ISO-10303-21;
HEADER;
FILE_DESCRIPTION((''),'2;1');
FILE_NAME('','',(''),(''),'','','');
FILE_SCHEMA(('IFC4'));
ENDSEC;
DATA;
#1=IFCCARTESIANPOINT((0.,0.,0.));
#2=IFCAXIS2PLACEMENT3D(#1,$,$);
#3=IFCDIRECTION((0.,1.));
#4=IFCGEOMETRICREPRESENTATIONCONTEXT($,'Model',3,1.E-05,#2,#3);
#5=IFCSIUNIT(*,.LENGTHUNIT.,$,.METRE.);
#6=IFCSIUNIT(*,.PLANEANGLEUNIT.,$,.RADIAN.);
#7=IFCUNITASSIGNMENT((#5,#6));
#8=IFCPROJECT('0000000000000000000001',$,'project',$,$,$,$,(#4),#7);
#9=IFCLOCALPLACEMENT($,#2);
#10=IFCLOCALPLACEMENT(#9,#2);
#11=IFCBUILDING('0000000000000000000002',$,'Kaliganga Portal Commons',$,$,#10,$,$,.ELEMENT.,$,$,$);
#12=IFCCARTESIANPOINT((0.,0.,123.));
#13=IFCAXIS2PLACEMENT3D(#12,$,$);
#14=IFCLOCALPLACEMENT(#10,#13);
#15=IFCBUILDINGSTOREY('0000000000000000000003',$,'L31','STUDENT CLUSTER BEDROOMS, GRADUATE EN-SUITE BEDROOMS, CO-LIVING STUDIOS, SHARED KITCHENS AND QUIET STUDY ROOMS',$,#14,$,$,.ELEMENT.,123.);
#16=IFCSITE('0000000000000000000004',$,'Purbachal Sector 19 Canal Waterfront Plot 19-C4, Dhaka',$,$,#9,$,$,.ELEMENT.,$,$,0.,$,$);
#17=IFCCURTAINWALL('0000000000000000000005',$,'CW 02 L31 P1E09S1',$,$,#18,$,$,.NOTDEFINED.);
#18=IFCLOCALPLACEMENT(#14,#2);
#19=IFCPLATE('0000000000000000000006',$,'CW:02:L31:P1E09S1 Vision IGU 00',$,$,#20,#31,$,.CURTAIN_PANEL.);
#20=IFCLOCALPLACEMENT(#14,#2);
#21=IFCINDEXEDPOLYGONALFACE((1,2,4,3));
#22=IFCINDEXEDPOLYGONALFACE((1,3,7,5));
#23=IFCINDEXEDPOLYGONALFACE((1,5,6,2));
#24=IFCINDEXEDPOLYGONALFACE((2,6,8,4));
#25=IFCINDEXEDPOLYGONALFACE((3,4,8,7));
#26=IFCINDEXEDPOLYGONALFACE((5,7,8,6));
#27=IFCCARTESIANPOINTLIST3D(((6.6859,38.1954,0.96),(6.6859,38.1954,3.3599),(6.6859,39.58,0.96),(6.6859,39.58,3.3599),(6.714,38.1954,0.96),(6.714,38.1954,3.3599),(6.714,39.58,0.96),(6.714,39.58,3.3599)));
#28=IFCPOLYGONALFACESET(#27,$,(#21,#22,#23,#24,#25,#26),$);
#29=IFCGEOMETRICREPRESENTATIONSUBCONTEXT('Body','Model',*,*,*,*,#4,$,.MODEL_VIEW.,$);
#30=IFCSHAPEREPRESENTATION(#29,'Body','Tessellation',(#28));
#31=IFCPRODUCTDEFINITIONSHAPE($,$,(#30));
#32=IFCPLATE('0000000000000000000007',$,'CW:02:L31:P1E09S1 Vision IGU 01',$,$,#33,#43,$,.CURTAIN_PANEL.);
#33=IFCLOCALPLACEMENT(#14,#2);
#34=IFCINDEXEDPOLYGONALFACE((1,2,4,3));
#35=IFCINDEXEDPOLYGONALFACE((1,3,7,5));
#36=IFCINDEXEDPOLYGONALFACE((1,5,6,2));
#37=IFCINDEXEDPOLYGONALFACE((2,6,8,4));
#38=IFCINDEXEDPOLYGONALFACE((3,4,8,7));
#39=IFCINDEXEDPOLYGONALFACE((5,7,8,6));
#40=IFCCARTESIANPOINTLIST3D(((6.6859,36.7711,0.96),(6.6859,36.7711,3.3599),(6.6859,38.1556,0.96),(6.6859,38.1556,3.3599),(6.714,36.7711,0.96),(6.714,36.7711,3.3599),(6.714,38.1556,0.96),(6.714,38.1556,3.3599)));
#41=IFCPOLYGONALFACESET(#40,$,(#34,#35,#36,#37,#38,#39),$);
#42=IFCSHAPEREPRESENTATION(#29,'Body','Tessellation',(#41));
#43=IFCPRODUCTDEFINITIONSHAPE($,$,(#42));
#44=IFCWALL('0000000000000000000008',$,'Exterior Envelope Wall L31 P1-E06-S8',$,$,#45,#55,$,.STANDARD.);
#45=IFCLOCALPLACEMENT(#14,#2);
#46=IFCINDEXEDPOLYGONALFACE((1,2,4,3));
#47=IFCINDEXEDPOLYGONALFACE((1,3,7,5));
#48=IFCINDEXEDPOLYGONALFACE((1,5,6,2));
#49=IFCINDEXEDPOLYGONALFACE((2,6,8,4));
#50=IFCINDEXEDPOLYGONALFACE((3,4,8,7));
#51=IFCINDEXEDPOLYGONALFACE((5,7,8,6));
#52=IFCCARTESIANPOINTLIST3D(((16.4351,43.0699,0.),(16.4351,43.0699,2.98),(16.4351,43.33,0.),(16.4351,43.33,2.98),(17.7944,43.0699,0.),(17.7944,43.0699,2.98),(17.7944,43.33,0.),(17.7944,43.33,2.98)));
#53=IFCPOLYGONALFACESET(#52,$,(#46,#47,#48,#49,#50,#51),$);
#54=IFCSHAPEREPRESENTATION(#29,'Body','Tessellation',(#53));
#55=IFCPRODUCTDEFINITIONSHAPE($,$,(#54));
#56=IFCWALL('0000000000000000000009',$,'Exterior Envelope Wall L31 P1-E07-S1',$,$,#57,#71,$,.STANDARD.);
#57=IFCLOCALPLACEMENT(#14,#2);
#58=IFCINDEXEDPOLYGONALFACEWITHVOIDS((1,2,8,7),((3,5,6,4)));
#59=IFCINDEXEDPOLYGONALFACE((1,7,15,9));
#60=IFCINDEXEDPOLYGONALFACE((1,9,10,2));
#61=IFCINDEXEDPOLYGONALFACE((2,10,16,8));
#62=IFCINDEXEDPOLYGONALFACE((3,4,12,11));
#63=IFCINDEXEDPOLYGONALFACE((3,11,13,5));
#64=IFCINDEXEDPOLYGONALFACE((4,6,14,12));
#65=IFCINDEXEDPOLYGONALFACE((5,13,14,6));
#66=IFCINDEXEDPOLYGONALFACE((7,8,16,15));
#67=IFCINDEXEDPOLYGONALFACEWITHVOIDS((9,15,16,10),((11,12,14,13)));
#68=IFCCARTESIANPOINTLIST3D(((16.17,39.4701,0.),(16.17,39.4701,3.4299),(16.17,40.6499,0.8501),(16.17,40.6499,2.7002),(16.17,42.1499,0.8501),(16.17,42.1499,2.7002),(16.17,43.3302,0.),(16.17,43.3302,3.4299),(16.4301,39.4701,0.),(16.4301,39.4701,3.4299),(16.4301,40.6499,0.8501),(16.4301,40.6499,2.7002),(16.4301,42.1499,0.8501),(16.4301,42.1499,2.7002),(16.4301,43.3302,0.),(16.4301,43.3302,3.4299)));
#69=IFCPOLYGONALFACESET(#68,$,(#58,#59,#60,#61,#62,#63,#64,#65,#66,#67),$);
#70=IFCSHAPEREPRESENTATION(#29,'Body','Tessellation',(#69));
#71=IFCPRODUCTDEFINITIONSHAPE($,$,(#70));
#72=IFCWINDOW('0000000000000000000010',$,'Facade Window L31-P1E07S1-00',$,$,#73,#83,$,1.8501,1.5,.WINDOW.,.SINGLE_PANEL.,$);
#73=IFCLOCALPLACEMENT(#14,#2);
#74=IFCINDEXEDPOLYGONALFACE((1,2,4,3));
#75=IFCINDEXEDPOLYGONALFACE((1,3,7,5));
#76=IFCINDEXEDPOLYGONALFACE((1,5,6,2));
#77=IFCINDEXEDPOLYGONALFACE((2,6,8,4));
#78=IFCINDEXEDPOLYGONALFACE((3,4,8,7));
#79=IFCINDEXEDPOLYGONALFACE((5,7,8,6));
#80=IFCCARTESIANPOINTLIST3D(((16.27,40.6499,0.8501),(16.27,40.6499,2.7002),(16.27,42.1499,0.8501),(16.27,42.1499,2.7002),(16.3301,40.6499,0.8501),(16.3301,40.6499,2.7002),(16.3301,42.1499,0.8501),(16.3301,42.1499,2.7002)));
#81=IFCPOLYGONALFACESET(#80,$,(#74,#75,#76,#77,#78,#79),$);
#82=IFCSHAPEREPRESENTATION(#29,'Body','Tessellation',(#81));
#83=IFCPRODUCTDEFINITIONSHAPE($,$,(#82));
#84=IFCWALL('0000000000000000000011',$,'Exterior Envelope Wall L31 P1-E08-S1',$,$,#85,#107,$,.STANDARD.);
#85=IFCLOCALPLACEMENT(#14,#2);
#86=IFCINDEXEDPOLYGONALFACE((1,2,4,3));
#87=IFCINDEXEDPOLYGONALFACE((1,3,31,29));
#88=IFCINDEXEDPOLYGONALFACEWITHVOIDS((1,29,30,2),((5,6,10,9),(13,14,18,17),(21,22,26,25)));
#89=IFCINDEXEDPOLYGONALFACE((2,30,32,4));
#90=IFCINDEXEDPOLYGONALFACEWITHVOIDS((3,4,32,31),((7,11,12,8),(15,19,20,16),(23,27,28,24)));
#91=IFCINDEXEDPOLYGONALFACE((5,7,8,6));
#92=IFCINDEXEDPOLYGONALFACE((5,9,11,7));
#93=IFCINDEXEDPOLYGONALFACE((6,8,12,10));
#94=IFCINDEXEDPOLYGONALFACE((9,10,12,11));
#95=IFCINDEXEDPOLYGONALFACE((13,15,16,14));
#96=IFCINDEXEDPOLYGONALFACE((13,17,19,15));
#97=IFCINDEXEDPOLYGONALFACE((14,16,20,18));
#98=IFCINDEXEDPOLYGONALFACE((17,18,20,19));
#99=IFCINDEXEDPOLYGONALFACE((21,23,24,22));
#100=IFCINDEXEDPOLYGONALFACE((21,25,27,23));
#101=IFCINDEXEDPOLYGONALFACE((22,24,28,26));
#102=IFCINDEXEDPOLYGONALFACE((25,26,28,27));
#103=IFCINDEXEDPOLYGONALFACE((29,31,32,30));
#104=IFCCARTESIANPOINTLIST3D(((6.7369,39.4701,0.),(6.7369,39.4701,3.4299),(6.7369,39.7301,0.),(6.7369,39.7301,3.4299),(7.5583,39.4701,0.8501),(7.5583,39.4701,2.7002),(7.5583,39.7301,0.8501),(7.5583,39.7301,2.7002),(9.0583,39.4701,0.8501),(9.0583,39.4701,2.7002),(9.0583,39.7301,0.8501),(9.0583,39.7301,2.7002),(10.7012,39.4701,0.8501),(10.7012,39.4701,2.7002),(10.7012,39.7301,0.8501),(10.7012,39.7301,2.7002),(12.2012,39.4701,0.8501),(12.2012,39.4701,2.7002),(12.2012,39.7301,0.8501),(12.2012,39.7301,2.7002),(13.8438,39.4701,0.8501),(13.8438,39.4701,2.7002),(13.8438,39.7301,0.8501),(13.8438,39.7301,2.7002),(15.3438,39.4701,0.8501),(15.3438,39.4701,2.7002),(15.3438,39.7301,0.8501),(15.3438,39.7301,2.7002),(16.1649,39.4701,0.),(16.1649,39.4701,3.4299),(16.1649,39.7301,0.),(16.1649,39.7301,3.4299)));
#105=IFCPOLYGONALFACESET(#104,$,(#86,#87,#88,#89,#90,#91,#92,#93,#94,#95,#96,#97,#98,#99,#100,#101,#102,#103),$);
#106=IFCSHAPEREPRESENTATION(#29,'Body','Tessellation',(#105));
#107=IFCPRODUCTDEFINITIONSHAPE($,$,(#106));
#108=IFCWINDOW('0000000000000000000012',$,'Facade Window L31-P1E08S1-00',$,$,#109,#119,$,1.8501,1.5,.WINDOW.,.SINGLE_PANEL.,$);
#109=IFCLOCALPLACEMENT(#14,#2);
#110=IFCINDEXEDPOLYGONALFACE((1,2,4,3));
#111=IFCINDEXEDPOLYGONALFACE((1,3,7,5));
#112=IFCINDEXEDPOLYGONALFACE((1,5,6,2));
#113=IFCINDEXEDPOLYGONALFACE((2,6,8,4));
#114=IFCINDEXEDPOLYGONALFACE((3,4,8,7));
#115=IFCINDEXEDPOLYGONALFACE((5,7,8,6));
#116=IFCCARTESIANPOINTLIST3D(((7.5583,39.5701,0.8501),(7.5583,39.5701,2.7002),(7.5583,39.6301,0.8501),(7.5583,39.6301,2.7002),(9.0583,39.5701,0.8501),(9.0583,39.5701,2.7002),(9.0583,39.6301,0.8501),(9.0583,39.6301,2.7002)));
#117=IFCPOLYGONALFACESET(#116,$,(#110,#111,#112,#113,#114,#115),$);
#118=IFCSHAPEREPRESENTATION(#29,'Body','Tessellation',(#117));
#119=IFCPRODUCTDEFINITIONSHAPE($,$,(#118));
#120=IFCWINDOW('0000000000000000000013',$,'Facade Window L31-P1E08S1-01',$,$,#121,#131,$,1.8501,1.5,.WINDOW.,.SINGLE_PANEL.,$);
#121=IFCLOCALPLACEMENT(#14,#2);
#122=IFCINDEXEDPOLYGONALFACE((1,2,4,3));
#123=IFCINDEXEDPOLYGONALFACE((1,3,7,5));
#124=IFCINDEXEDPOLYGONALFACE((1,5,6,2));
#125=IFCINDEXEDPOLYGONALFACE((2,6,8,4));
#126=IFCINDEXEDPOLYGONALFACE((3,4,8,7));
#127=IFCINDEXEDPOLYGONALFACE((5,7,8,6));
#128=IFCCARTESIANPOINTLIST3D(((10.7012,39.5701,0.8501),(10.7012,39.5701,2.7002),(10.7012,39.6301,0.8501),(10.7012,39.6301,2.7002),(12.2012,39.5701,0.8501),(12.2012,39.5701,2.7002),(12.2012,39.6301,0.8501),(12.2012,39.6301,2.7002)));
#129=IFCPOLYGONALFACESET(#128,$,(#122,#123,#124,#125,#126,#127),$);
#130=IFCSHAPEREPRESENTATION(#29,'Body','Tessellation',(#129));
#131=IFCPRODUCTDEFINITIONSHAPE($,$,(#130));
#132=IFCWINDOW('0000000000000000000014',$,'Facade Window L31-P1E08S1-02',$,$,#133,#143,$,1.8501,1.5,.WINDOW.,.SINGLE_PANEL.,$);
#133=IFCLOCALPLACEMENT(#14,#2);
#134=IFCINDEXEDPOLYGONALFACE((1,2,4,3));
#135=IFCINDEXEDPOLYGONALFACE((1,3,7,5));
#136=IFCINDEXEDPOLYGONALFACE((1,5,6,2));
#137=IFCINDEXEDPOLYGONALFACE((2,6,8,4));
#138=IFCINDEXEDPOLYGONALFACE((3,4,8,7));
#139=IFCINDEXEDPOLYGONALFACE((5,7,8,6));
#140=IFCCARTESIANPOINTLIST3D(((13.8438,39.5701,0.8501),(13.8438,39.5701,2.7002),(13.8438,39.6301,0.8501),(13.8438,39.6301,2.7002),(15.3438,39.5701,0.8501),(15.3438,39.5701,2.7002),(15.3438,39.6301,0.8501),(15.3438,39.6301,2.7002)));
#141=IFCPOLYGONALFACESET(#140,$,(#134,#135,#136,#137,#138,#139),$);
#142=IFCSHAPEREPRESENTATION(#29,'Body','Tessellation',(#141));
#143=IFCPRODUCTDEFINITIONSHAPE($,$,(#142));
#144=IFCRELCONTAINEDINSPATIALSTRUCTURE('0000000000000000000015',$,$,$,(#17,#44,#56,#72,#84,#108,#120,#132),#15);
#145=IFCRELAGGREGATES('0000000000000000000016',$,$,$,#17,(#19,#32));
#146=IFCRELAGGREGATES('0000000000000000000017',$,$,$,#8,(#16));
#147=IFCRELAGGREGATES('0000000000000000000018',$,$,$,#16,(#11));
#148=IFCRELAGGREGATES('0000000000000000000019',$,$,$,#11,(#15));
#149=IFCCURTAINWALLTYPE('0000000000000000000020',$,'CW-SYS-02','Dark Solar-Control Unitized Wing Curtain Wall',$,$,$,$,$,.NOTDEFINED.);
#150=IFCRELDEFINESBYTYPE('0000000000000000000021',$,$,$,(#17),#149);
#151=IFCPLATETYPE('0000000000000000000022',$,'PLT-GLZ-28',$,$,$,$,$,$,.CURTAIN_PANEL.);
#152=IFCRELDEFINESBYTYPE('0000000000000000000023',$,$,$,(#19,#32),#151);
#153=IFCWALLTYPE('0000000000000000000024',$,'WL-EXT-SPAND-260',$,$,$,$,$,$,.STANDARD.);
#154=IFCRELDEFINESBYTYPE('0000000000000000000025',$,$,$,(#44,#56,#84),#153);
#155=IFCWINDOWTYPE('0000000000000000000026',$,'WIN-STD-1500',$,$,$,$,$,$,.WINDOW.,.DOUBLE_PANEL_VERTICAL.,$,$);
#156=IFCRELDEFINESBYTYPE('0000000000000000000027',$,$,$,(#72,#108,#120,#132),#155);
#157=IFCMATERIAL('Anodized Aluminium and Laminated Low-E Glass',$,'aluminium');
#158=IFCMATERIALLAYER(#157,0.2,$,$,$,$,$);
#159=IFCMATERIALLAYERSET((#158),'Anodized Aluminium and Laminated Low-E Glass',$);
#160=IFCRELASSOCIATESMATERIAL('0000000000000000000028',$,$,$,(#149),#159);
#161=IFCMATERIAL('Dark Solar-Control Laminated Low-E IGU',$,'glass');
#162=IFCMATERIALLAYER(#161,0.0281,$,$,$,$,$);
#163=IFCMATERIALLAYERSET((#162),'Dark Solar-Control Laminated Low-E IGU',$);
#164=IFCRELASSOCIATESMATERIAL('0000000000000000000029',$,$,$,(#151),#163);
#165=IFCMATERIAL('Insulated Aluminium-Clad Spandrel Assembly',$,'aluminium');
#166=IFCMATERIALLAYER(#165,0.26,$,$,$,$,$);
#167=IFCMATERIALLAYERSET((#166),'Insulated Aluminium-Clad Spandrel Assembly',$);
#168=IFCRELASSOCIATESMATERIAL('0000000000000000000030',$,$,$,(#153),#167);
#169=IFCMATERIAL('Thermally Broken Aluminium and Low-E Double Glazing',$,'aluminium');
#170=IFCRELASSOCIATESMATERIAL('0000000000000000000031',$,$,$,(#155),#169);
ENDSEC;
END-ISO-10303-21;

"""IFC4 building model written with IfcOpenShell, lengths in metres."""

from ifc_helpers import new_model, si_unit, direction, frame, frame_2d, origin, origin_2d, place, context, subcontext, project, spatial, rectangle, extrude, source, transform, mapped, material, layer, layer_set, type_object, element, fill, aggregate, save


model = new_model("IFC4")

# Units and contexts
model_context = context("Model", 3, precision=1e-05, world=origin(), true_north=direction((0.0, 1.0)))
body_context = subcontext(model_context, "Body", "Model", "MODEL_VIEW")
ifc_project = project(units=[si_unit("LENGTHUNIT", "METRE"), si_unit("PLANEANGLEUNIT", "RADIAN")], contexts=[model_context])

# Site, building, storey
site_placement = place(None, origin())
site = spatial("IfcSite", under=ifc_project, at=site_placement, Name="Purbachal Sector 19 Canal Waterfront Plot 19-C4, Dhaka", CompositionType="ELEMENT", RefElevation=0.0)
building_placement = place(site_placement, origin())
building = spatial("IfcBuilding", under=site, at=building_placement, Name="Kaliganga Portal Commons", CompositionType="ELEMENT")
storey_placement = place(building_placement, frame((0.0, 0.0, 123.0)))
storey = spatial("IfcBuildingStorey", under=building, at=storey_placement, Name="L31", Description="STUDENT CLUSTER BEDROOMS, GRADUATE EN-SUITE BEDROOMS, CO-LIVING STUDIOS, SHARED KITCHENS AND QUIET STUDY ROOMS", CompositionType="ELEMENT", Elevation=123.0)

# Curtain wall, plates
ifc_material_1 = material(Name="Anodized Aluminium and Laminated Low-E Glass", Category="aluminium")
ifc_layer_1 = layer(ifc_material_1, 0.2)
ifc_layer_set_1 = layer_set([ifc_layer_1], Name="Anodized Aluminium and Laminated Low-E Glass")
curtain_wall_type = type_object("IfcCurtainWallType", Name="CW-SYS-02", Description="Dark Solar-Control Unitized Wing Curtain Wall", PredefinedType="NOTDEFINED", material=ifc_layer_set_1)
curtain_wall_placement = place(storey_placement, origin())
curtain_wall = element("IfcCurtainWall", 1, at=curtain_wall_placement, inside=storey, type_object=curtain_wall_type, Name="CW 02 L31 P1E09S1", PredefinedType="NOTDEFINED")
ifc_material_2 = material(Name="Dark Solar-Control Laminated Low-E IGU", Category="glass")
ifc_layer_2 = layer(ifc_material_2, 0.0281)
ifc_layer_set_2 = layer_set([ifc_layer_2], Name="Dark Solar-Control Laminated Low-E IGU")
plate_type_1 = type_object("IfcPlateType", Name="PLT-GLZ-28", PredefinedType="CURTAIN_PANEL", material=ifc_layer_set_2)
shared_shape_1 = source(origin(), body_context, "Body", "SweptSolid", [
    extrude(rectangle(XDim=1.3845, YDim=0.0281, at=origin_2d()), origin(), (0.0, 0.0, 1.0), 2.3999),
])
plate_1_placement = place(storey_placement, frame((6.7, 38.8877, 0.96), z_axis=(0.0, 0.0, 1.0), x_axis=(0.0, -1.0, 0.0)))
plate_1 = element("IfcPlate", 2, at=plate_1_placement, type_object=plate_type_1, Name="CW:02:L31:P1E09S1 Vision IGU 00", PredefinedType="CURTAIN_PANEL", context=body_context, shape_type="MappedRepresentation", body=[
    mapped(shared_shape_1, transform((0.0, 0.0, 0.0), x_axis=(1.0, 0.0, 0.0), y_axis=(0.0, 1.0, 0.0), z_axis=(0.0, 0.0, 1.0), scale=1.0)),
])
plate_2_placement = place(storey_placement, frame((6.7, 37.4634, 0.96), z_axis=(0.0, 0.0, 1.0), x_axis=(0.0, -1.0, 0.0)))
plate_2 = element("IfcPlate", 3, at=plate_2_placement, type_object=plate_type_1, Name="CW:02:L31:P1E09S1 Vision IGU 01", PredefinedType="CURTAIN_PANEL", context=body_context, shape_type="MappedRepresentation", body=[
    mapped(shared_shape_1, transform((0.0, 0.0, 0.0), x_axis=(1.0, 0.0, 0.0), y_axis=(0.0, 1.0, 0.0), z_axis=(0.0, 0.0, 1.0), scale=1.0)),
])
aggregate(curtain_wall, [plate_1, plate_2])

# Wall
ifc_material_3 = material(Name="Insulated Aluminium-Clad Spandrel Assembly", Category="aluminium")
ifc_layer_3 = layer(ifc_material_3, 0.26)
ifc_layer_set_3 = layer_set([ifc_layer_3], Name="Insulated Aluminium-Clad Spandrel Assembly")
wall_type_1 = type_object("IfcWallType", Name="WL-EXT-SPAND-260", PredefinedType="STANDARD", material=ifc_layer_set_3)
wall_1_placement = place(storey_placement, frame((16.4351, 43.2, 0.0), z_axis=(0.0, 0.0, 1.0), x_axis=(1.0, 0.0, 0.0)))
element("IfcWall", 4, at=wall_1_placement, inside=storey, type_object=wall_type_1, Name="Exterior Envelope Wall L31 P1-E06-S8", PredefinedType="STANDARD", context=body_context, shape_type="SweptSolid", body=[
    extrude(rectangle(XDim=1.3594, YDim=0.26, at=frame_2d((0.6797, 0.0))), origin(), (0.0, 0.0, 1.0), 2.98),
])

# Wall, opening, window
wall_2_placement = place(storey_placement, frame((16.3, 39.47, 0.0), z_axis=(0.0, 0.0, 1.0), x_axis=(0.0, 1.0, 0.0)))
wall_2 = element("IfcWall", 5, at=wall_2_placement, inside=storey, type_object=wall_type_1, Name="Exterior Envelope Wall L31 P1-E07-S1", PredefinedType="STANDARD", context=body_context, shape_type="SweptSolid", body=[
    extrude(rectangle(XDim=3.8601, YDim=0.26, at=frame_2d((1.9302, 0.0))), origin(), (0.0, 0.0, 1.0), 3.4299),
])
opening_1_placement = place(wall_2_placement, frame((1.1799, 0.0, 0.8501)))
opening_1 = element("IfcOpeningElement", 6, at=opening_1_placement, cuts=wall_2, PredefinedType="OPENING", context=body_context, shape_type="SweptSolid", body=[
    extrude(rectangle(XDim=1.5, YDim=1.8501, at=frame_2d((0.75, 0.925))), frame((0.0, 0.1401, 0.0), z_axis=(0.0, -1.0, 0.0), x_axis=(1.0, 0.0, 0.0)), (0.0, 0.0, 1.0), 0.28),
])
ifc_material_4 = material(Name="Thermally Broken Aluminium and Low-E Double Glazing", Category="aluminium")
window_type = type_object("IfcWindowType", Name="WIN-STD-1500", PartitioningType="DOUBLE_PANEL_VERTICAL", PredefinedType="WINDOW", material=ifc_material_4)
window_1_placement = place(opening_1_placement, origin())
window_1 = element("IfcWindow", 7, at=window_1_placement, inside=storey, type_object=window_type, Name="Facade Window L31-P1E07S1-00", OverallHeight=1.8501, OverallWidth=1.5, PartitioningType="SINGLE_PANEL", PredefinedType="WINDOW", context=body_context, shape_type="SweptSolid", body=[
    extrude(rectangle(XDim=1.5, YDim=1.8501, at=frame_2d((0.75, 0.925))), frame((0.0, 0.03, 0.0), z_axis=(0.0, -1.0, 0.0), x_axis=(1.0, 0.0, 0.0)), (0.0, 0.0, 1.0), 0.0601),
])
fill(opening_1, window_1)

# Wall, openings, windows
wall_3_placement = place(storey_placement, frame((6.7371, 39.6001, 0.0), z_axis=(0.0, 0.0, 1.0), x_axis=(1.0, 0.0, 0.0)))
wall_3 = element("IfcWall", 8, at=wall_3_placement, inside=storey, type_object=wall_type_1, Name="Exterior Envelope Wall L31 P1-E08-S1", PredefinedType="STANDARD", context=body_context, shape_type="SweptSolid", body=[
    extrude(rectangle(XDim=9.428, YDim=0.26, at=frame_2d((4.7139, 0.0))), origin(), (0.0, 0.0, 1.0), 3.4299),
])
opening_2_placement = place(wall_3_placement, frame((0.8213, 0.0, 0.8501)))
opening_2 = element("IfcOpeningElement", 9, at=opening_2_placement, cuts=wall_3, PredefinedType="OPENING", context=body_context, shape_type="SweptSolid", body=[
    extrude(rectangle(XDim=1.5, YDim=1.8501, at=frame_2d((0.75, 0.925))), frame((0.0, 0.1401, 0.0), z_axis=(0.0, -1.0, 0.0), x_axis=(1.0, 0.0, 0.0)), (0.0, 0.0, 1.0), 0.28),
])
opening_3_placement = place(wall_3_placement, frame((3.9641, 0.0, 0.8501)))
opening_3 = element("IfcOpeningElement", 10, at=opening_3_placement, cuts=wall_3, PredefinedType="OPENING", context=body_context, shape_type="SweptSolid", body=[
    extrude(rectangle(XDim=1.5, YDim=1.8501, at=frame_2d((0.75, 0.925))), frame((0.0, 0.1401, 0.0), z_axis=(0.0, -1.0, 0.0), x_axis=(1.0, 0.0, 0.0)), (0.0, 0.0, 1.0), 0.28),
])
opening_4_placement = place(wall_3_placement, frame((7.1067, 0.0, 0.8501)))
opening_4 = element("IfcOpeningElement", 11, at=opening_4_placement, cuts=wall_3, PredefinedType="OPENING", context=body_context, shape_type="SweptSolid", body=[
    extrude(rectangle(XDim=1.5, YDim=1.8501, at=frame_2d((0.75, 0.925))), frame((0.0, 0.1401, 0.0), z_axis=(0.0, -1.0, 0.0), x_axis=(1.0, 0.0, 0.0)), (0.0, 0.0, 1.0), 0.28),
])
window_2_placement = place(opening_2_placement, origin())
window_2 = element("IfcWindow", 12, at=window_2_placement, inside=storey, type_object=window_type, Name="Facade Window L31-P1E08S1-00", OverallHeight=1.8501, OverallWidth=1.5, PartitioningType="SINGLE_PANEL", PredefinedType="WINDOW", context=body_context, shape_type="SweptSolid", body=[
    extrude(rectangle(XDim=1.5, YDim=1.8501, at=frame_2d((0.75, 0.925))), frame((0.0, 0.03, 0.0), z_axis=(0.0, -1.0, 0.0), x_axis=(1.0, 0.0, 0.0)), (0.0, 0.0, 1.0), 0.0601),
])
fill(opening_2, window_2)
window_3_placement = place(opening_3_placement, origin())
window_3 = element("IfcWindow", 13, at=window_3_placement, inside=storey, type_object=window_type, Name="Facade Window L31-P1E08S1-01", OverallHeight=1.8501, OverallWidth=1.5, PartitioningType="SINGLE_PANEL", PredefinedType="WINDOW", context=body_context, shape_type="SweptSolid", body=[
    extrude(rectangle(XDim=1.5, YDim=1.8501, at=frame_2d((0.75, 0.925))), frame((0.0, 0.03, 0.0), z_axis=(0.0, -1.0, 0.0), x_axis=(1.0, 0.0, 0.0)), (0.0, 0.0, 1.0), 0.0601),
])
fill(opening_3, window_3)
window_4_placement = place(opening_4_placement, origin())
window_4 = element("IfcWindow", 14, at=window_4_placement, inside=storey, type_object=window_type, Name="Facade Window L31-P1E08S1-02", OverallHeight=1.8501, OverallWidth=1.5, PartitioningType="SINGLE_PANEL", PredefinedType="WINDOW", context=body_context, shape_type="SweptSolid", body=[
    extrude(rectangle(XDim=1.5, YDim=1.8501, at=frame_2d((0.75, 0.925))), frame((0.0, 0.03, 0.0), z_axis=(0.0, -1.0, 0.0), x_axis=(1.0, 0.0, 0.0)), (0.0, 0.0, 1.0), 0.0601),
])
fill(opening_4, window_4)

save(model, "model.ifc")
